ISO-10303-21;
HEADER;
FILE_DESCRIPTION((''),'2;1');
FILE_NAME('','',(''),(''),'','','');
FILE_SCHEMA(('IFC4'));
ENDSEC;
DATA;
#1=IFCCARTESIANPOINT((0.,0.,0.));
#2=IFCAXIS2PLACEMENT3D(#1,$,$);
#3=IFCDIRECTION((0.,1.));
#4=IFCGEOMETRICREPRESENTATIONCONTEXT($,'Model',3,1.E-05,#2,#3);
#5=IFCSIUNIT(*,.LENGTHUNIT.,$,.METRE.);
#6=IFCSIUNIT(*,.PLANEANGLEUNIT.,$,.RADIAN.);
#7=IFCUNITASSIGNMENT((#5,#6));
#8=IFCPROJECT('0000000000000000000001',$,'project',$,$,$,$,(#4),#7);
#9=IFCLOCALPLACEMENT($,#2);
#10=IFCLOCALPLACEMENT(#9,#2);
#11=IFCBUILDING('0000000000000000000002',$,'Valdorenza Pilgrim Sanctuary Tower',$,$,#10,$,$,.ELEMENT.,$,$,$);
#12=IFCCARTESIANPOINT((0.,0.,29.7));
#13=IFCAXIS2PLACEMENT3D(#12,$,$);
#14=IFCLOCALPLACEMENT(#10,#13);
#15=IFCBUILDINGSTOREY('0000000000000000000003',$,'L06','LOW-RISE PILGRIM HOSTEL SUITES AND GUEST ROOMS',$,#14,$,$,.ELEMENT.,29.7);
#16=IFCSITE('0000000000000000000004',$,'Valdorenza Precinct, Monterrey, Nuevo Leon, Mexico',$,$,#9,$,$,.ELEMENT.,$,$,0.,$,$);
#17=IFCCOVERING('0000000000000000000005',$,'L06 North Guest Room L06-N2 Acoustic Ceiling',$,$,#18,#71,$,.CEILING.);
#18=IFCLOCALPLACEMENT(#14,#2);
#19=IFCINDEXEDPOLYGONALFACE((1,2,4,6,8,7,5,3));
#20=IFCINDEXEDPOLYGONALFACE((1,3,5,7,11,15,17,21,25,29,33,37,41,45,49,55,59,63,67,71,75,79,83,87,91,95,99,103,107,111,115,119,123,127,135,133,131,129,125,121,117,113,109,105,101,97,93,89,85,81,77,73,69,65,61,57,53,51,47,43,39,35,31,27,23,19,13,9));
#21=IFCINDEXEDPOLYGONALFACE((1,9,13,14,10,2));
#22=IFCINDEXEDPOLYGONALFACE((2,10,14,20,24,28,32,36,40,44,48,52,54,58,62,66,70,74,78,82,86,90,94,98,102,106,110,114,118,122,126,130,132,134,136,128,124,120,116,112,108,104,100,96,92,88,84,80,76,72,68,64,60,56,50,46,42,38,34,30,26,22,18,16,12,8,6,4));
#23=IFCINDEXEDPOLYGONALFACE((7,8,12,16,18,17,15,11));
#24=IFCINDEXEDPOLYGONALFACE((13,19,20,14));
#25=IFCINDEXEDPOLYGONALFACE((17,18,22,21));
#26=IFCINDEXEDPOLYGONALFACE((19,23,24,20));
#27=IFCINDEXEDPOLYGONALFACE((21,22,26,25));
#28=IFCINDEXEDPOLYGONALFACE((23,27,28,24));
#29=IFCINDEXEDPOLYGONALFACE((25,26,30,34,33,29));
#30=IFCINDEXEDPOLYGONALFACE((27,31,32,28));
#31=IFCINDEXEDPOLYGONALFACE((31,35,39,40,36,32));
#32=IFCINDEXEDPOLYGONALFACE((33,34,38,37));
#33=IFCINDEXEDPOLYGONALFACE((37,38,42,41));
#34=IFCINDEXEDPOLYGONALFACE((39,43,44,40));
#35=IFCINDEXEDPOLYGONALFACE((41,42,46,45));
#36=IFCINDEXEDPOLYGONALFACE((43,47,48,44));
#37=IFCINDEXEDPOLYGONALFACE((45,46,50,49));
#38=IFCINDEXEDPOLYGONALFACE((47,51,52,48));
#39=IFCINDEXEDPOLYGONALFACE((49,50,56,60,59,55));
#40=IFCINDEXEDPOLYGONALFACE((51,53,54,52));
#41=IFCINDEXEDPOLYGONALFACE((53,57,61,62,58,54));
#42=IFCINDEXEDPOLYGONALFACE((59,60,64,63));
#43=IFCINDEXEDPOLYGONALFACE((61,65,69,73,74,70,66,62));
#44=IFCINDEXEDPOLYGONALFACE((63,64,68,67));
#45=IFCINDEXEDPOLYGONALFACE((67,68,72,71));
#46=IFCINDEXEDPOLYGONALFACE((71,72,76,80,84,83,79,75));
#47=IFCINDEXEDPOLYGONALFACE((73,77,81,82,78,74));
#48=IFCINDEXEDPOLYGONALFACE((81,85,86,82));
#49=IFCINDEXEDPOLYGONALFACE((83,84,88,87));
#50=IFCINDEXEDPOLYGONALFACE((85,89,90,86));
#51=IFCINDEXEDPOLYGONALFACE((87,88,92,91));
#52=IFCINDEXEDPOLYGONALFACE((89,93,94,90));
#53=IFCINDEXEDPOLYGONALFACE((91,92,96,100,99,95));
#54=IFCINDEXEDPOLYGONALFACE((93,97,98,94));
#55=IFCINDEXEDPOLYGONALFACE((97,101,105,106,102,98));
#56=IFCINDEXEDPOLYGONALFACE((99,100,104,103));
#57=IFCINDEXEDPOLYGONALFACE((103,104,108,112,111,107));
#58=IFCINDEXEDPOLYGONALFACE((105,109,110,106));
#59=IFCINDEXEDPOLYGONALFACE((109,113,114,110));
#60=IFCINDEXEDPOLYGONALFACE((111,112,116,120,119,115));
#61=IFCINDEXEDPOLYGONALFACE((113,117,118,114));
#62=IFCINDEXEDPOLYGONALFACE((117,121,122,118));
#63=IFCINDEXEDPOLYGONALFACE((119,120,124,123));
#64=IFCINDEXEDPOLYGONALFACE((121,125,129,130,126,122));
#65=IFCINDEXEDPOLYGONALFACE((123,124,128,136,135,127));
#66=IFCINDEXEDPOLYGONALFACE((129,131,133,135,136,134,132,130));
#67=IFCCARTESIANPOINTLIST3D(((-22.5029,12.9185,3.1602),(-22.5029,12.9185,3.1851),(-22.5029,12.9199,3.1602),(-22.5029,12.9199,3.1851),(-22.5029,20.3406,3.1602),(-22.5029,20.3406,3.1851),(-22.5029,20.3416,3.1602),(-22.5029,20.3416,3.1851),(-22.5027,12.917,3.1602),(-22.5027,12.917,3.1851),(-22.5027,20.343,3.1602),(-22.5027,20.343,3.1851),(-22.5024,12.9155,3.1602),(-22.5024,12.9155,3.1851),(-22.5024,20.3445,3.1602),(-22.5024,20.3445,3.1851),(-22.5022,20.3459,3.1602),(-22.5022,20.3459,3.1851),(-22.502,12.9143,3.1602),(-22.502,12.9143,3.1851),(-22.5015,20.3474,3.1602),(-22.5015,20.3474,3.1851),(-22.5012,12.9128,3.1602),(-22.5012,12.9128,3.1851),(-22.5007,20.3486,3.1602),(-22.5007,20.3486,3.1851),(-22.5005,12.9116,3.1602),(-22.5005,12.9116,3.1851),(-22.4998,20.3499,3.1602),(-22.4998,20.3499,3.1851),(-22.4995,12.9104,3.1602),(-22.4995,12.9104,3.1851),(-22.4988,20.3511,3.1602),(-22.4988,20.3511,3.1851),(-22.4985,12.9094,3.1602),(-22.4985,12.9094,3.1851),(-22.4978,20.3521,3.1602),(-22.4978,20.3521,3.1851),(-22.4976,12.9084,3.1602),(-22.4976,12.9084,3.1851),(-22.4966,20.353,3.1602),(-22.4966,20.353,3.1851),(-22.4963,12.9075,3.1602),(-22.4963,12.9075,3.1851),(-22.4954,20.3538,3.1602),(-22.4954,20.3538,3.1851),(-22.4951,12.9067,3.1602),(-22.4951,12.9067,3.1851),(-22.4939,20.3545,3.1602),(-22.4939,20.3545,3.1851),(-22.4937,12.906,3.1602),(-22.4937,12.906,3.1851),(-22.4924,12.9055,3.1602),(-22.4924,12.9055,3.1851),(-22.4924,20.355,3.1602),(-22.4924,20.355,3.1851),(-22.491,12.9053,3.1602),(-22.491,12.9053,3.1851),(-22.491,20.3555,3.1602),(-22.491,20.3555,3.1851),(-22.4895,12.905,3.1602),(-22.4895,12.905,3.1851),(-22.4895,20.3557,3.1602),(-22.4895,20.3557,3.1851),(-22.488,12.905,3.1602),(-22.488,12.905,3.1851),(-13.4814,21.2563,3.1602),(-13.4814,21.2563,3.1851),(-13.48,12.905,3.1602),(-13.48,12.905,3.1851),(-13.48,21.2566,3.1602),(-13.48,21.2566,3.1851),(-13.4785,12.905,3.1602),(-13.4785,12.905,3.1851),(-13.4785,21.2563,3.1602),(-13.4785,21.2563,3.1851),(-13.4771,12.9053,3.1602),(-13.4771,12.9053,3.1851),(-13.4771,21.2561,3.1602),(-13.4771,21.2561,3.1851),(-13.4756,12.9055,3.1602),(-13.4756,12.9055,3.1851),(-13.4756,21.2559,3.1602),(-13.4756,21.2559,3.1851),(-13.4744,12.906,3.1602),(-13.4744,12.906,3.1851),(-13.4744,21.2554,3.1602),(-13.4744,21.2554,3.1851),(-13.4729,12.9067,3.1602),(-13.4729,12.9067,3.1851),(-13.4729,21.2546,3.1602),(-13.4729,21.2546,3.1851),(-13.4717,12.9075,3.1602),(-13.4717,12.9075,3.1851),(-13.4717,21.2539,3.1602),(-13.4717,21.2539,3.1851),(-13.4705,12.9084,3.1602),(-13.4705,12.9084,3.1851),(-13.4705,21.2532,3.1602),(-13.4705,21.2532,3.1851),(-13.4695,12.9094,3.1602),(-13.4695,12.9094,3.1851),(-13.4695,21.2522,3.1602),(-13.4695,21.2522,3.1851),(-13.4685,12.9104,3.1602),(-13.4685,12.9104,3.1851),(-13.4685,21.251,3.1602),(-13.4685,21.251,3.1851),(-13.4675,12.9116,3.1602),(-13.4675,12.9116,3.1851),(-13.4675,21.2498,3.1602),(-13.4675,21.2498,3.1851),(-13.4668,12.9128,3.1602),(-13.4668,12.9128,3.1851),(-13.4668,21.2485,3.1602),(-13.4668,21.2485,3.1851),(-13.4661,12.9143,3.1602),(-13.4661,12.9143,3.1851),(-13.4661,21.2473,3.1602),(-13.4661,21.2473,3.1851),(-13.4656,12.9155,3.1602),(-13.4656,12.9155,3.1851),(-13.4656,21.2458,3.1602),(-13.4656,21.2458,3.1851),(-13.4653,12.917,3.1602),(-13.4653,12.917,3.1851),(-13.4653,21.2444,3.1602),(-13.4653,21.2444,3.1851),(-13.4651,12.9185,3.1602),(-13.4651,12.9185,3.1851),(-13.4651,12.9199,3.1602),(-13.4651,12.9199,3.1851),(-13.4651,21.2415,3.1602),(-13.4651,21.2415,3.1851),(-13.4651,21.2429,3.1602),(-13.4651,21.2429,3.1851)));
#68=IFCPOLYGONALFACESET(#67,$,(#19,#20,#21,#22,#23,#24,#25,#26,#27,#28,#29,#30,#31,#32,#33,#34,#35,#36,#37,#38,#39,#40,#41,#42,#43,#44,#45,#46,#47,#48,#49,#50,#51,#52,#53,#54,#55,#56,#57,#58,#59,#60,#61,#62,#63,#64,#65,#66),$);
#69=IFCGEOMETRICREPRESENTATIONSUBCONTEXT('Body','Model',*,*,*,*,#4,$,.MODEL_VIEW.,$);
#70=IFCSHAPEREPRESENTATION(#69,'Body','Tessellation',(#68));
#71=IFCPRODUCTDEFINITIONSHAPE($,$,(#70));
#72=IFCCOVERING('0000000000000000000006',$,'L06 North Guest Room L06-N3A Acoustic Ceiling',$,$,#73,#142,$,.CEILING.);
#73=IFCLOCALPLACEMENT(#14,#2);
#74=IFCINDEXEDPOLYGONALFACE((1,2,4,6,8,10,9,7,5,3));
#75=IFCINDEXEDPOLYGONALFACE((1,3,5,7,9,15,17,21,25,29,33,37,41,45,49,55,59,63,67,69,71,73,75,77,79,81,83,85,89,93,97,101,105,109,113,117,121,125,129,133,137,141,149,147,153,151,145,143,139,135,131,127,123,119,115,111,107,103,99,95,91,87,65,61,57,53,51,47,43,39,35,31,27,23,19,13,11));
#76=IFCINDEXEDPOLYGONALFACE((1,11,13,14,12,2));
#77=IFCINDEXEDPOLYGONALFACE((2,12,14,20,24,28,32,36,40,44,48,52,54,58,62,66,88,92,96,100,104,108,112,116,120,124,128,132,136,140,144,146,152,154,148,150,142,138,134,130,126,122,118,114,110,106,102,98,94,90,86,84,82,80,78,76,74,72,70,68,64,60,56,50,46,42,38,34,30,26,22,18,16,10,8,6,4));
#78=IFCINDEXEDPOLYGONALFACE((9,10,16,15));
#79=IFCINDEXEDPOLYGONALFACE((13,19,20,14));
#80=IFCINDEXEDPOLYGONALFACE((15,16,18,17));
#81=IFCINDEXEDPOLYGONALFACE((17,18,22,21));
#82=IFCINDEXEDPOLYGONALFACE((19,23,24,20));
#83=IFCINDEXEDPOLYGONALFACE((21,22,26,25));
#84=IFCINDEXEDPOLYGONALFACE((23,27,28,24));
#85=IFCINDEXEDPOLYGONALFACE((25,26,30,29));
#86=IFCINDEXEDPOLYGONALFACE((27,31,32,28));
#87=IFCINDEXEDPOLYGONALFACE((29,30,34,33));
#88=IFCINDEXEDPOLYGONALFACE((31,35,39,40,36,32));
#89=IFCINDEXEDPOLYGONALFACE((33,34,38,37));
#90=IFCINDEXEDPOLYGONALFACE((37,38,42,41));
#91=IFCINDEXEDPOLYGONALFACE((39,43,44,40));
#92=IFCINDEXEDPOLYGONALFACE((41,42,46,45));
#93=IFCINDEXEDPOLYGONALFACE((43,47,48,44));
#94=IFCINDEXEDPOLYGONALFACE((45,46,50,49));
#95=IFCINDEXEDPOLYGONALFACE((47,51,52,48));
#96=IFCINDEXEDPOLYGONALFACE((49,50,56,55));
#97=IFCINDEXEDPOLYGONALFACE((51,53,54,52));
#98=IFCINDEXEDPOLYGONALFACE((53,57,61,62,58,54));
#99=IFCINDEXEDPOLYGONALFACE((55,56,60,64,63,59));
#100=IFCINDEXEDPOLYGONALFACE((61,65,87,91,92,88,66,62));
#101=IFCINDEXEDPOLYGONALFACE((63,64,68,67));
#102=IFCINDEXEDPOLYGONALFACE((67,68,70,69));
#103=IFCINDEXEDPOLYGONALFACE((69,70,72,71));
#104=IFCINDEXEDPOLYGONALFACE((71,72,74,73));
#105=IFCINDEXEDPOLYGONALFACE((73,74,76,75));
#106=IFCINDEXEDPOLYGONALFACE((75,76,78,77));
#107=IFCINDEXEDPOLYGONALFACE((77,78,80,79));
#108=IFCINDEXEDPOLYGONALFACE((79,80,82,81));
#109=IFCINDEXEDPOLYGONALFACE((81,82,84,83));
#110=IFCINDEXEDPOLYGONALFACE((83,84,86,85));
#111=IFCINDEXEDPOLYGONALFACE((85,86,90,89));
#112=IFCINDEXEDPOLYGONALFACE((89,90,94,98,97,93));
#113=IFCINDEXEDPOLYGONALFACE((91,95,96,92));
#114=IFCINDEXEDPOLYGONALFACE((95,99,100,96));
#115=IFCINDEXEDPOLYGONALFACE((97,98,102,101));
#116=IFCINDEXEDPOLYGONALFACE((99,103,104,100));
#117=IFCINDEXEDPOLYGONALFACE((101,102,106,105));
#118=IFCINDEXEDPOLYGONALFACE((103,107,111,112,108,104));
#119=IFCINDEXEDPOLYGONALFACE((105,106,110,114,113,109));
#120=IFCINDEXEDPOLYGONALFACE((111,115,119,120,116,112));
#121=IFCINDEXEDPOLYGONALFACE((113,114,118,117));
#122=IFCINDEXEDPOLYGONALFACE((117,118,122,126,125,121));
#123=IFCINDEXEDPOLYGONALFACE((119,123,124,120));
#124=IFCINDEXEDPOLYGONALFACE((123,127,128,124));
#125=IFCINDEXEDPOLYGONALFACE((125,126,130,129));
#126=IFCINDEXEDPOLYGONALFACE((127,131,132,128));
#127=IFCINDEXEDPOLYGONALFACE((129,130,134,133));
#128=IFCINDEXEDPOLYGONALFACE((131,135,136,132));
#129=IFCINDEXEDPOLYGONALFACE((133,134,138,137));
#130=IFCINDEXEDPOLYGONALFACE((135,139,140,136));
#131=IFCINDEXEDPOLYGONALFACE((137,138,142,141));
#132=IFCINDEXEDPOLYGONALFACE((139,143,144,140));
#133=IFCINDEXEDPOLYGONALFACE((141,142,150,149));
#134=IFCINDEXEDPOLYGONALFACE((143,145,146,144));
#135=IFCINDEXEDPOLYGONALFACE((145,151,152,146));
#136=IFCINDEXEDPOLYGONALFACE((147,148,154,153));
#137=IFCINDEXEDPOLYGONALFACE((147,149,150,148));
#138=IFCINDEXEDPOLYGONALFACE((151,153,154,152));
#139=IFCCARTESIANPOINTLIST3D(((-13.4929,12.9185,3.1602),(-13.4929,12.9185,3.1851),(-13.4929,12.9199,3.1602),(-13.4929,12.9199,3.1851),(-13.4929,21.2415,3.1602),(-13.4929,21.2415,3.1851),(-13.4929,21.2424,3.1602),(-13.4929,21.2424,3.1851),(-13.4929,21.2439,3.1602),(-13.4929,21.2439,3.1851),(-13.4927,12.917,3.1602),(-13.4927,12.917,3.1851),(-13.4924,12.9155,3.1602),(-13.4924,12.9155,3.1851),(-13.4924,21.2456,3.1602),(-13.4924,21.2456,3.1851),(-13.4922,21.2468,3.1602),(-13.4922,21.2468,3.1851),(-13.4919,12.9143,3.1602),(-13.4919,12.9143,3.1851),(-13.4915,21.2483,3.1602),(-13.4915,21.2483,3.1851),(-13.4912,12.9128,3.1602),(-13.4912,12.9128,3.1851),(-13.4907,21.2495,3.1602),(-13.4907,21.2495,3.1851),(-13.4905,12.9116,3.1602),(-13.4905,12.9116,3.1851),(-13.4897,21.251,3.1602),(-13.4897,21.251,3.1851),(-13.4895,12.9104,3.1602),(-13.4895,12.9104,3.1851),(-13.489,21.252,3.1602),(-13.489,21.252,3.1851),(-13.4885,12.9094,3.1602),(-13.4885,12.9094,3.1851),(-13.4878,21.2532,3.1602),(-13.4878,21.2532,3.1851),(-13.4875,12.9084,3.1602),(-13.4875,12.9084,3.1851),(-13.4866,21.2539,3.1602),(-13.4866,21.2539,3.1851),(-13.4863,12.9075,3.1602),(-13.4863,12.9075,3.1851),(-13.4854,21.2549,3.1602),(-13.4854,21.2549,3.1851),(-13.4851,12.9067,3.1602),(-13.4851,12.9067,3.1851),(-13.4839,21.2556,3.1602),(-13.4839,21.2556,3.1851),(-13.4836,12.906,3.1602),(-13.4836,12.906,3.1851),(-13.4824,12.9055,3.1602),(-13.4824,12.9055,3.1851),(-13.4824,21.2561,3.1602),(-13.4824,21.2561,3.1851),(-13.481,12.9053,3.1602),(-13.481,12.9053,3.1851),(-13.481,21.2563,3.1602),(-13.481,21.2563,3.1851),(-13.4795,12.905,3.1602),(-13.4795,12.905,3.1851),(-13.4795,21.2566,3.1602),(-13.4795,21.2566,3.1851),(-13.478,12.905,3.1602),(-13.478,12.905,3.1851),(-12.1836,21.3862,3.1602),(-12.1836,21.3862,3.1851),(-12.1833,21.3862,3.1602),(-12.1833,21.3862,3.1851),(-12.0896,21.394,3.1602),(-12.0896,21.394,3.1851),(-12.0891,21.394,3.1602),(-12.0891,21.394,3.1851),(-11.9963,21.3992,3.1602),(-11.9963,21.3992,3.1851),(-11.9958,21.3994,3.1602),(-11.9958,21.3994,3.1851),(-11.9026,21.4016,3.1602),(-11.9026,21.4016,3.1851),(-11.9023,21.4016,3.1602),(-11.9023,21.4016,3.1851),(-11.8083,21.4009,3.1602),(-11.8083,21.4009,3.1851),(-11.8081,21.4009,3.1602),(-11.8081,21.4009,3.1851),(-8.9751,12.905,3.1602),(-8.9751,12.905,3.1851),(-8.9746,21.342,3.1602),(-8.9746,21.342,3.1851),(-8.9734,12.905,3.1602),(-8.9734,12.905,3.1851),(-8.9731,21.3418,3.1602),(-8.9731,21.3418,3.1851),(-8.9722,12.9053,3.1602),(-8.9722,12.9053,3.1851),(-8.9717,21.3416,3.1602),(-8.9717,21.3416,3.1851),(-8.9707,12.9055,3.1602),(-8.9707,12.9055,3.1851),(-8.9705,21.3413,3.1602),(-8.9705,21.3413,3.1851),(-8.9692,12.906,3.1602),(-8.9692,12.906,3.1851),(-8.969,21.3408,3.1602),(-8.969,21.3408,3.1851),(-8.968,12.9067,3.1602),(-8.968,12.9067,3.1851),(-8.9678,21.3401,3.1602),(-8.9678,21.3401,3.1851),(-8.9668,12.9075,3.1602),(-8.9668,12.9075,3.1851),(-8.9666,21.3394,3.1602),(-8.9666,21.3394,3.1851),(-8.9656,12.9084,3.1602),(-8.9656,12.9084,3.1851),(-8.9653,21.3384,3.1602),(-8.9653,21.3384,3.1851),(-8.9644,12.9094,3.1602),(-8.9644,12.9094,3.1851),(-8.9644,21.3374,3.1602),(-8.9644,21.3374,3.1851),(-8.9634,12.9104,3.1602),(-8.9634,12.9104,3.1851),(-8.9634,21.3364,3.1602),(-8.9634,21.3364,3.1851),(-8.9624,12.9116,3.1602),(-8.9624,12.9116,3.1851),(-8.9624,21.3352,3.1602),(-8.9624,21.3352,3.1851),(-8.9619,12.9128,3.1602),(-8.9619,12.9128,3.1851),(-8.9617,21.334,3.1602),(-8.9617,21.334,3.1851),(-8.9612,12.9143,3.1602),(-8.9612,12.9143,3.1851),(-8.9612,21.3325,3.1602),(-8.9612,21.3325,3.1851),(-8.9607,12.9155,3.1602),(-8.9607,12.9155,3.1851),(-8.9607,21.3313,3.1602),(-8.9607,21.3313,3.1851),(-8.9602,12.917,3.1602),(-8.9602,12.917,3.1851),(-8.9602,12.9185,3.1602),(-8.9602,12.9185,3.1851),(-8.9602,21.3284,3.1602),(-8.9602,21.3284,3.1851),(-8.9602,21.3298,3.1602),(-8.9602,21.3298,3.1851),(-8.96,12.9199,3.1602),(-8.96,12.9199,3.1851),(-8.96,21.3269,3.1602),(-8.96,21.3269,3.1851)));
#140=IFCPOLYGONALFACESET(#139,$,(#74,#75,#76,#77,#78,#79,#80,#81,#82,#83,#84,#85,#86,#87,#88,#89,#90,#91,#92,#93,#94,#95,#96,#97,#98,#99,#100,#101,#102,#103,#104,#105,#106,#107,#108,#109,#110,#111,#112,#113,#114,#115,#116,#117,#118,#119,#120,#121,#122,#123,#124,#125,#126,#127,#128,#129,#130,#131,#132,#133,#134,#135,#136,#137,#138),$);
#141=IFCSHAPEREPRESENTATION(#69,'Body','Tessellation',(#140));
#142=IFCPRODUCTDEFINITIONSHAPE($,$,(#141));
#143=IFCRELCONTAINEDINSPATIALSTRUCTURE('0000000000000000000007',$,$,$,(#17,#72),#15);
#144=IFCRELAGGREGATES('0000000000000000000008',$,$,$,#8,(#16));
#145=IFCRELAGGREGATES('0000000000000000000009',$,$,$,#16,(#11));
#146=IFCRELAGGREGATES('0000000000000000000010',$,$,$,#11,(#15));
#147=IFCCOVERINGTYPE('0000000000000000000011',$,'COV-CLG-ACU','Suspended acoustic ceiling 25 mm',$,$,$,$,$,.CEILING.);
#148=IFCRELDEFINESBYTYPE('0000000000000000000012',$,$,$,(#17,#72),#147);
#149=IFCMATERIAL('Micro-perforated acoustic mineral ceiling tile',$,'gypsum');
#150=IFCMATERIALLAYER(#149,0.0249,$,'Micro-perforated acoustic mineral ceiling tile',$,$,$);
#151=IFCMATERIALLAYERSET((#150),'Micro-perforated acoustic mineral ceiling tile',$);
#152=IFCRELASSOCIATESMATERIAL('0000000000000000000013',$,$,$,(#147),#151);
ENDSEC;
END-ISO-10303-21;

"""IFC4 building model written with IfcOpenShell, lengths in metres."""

from ifc_helpers import new_model, si_unit, direction, frame, origin, place, context, subcontext, project, spatial, polyline, outline, extrude, material, layer, layer_set, type_object, element, save


model = new_model("IFC4")

# Units and contexts
model_context = context("Model", 3, precision=1e-05, world=origin(), true_north=direction((0.0, 1.0)))
body_context = subcontext(model_context, "Body", "Model", "MODEL_VIEW")
ifc_project = project(units=[si_unit("LENGTHUNIT", "METRE"), si_unit("PLANEANGLEUNIT", "RADIAN")], contexts=[model_context])

# Site, building, storey
site_placement = place(None, origin())
site = spatial("IfcSite", under=ifc_project, at=site_placement, Name="Valdorenza Precinct, Monterrey, Nuevo Leon, Mexico", CompositionType="ELEMENT", RefElevation=0.0)
building_placement = place(site_placement, origin())
building = spatial("IfcBuilding", under=site, at=building_placement, Name="Valdorenza Pilgrim Sanctuary Tower", CompositionType="ELEMENT")
storey_placement = place(building_placement, frame((0.0, 0.0, 29.7)))
storey = spatial("IfcBuildingStorey", under=building, at=storey_placement, Name="L06", Description="LOW-RISE PILGRIM HOSTEL SUITES AND GUEST ROOMS", CompositionType="ELEMENT", Elevation=29.7)

# Coverings
ifc_material_1 = material(Name="Micro-perforated acoustic mineral ceiling tile", Category="gypsum")
ifc_layer_1 = layer(ifc_material_1, 0.0249, Name="Micro-perforated acoustic mineral ceiling tile")
ifc_layer_set_1 = layer_set([ifc_layer_1], Name="Micro-perforated acoustic mineral ceiling tile")
covering_type_1 = type_object("IfcCoveringType", Name="COV-CLG-ACU", Description="Suspended acoustic ceiling 25 mm", PredefinedType="CEILING", material=ifc_layer_set_1)
covering_1_placement = place(storey_placement, frame((0.0, 0.0, 3.1602)))
element("IfcCovering", 1, at=covering_1_placement, inside=storey, type_object=covering_type_1, Name="L06 North Guest Room L06-N2 Acoustic Ceiling", PredefinedType="CEILING", context=body_context, shape_type="SweptSolid", body=[
    extrude(outline(polyline([(-22.5029, 20.3406), (-22.5029, 20.3416), (-22.5027, 20.343), (-22.5024, 20.3445), (-22.5022, 20.3459), (-22.5015, 20.3474), (-22.5007, 20.3486), (-22.4998, 20.3499), (-22.4988, 20.3511), (-22.4978, 20.3521), (-22.4966, 20.353), (-22.4954, 20.3538), (-22.4939, 20.3545), (-22.4924, 20.355), (-22.491, 20.3555), (-22.4895, 20.3557), (-13.4814, 21.2563), (-13.48, 21.2566), (-13.4785, 21.2563), (-13.4771, 21.2561), (-13.4756, 21.2559), (-13.4744, 21.2554), (-13.4729, 21.2546), (-13.4717, 21.2539), (-13.4705, 21.2532), (-13.4695, 21.2522), (-13.4685, 21.251), (-13.4675, 21.2498), (-13.4668, 21.2485), (-13.4661, 21.2473), (-13.4656, 21.2458), (-13.4653, 21.2444), (-13.4651, 21.2429), (-13.4651, 21.2415), (-13.4651, 12.9199), (-13.4651, 12.9185), (-13.4653, 12.917), (-13.4656, 12.9155), (-13.4661, 12.9143), (-13.4668, 12.9128), (-13.4675, 12.9116), (-13.4685, 12.9104), (-13.4695, 12.9094), (-13.4705, 12.9084), (-13.4717, 12.9075), (-13.4729, 12.9067), (-13.4744, 12.906), (-13.4756, 12.9055), (-13.4771, 12.9053), (-13.4785, 12.905), (-13.48, 12.905), (-22.488, 12.905), (-22.4895, 12.905), (-22.491, 12.9053), (-22.4924, 12.9055), (-22.4937, 12.906), (-22.4951, 12.9067), (-22.4963, 12.9075), (-22.4976, 12.9084), (-22.4985, 12.9094), (-22.4995, 12.9104), (-22.5005, 12.9116), (-22.5012, 12.9128), (-22.502, 12.9143), (-22.5024, 12.9155), (-22.5027, 12.917), (-22.5029, 12.9185), (-22.5029, 12.9199), (-22.5029, 20.3406), (-22.5029, 20.3406)])), origin(), (0.0, 0.0, 1.0), 0.0249),
])
covering_2_placement = place(storey_placement, frame((0.0, 0.0, 3.1602)))
element("IfcCovering", 2, at=covering_2_placement, inside=storey, type_object=covering_type_1, Name="L06 North Guest Room L06-N3A Acoustic Ceiling", PredefinedType="CEILING", context=body_context, shape_type="SweptSolid", body=[
    extrude(outline(polyline([(-13.4929, 21.2415), (-13.4929, 21.2424), (-13.4929, 21.2439), (-13.4924, 21.2456), (-13.4922, 21.2468), (-13.4915, 21.2483), (-13.4907, 21.2495), (-13.4897, 21.251), (-13.489, 21.252), (-13.4878, 21.2532), (-13.4866, 21.2539), (-13.4854, 21.2549), (-13.4839, 21.2556), (-13.4824, 21.2561), (-13.481, 21.2563), (-13.4795, 21.2566), (-12.1836, 21.3862), (-12.1833, 21.3862), (-12.0896, 21.394), (-12.0891, 21.394), (-11.9963, 21.3992), (-11.9958, 21.3994), (-11.9026, 21.4016), (-11.9023, 21.4016), (-11.8083, 21.4009), (-11.8081, 21.4009), (-8.9746, 21.342), (-8.9731, 21.3418), (-8.9717, 21.3416), (-8.9705, 21.3413), (-8.969, 21.3408), (-8.9678, 21.3401), (-8.9666, 21.3394), (-8.9653, 21.3384), (-8.9644, 21.3374), (-8.9634, 21.3364), (-8.9624, 21.3352), (-8.9617, 21.334), (-8.9612, 21.3325), (-8.9607, 21.3313), (-8.9602, 21.3298), (-8.9602, 21.3284), (-8.96, 21.3269), (-8.96, 12.9199), (-8.9602, 12.9185), (-8.9602, 12.917), (-8.9607, 12.9155), (-8.9612, 12.9143), (-8.9619, 12.9128), (-8.9624, 12.9116), (-8.9634, 12.9104), (-8.9644, 12.9094), (-8.9656, 12.9084), (-8.9668, 12.9075), (-8.968, 12.9067), (-8.9692, 12.906), (-8.9707, 12.9055), (-8.9722, 12.9053), (-8.9734, 12.905), (-8.9751, 12.905), (-13.478, 12.905), (-13.4795, 12.905), (-13.481, 12.9053), (-13.4824, 12.9055), (-13.4836, 12.906), (-13.4851, 12.9067), (-13.4863, 12.9075), (-13.4875, 12.9084), (-13.4885, 12.9094), (-13.4895, 12.9104), (-13.4905, 12.9116), (-13.4912, 12.9128), (-13.4919, 12.9143), (-13.4924, 12.9155), (-13.4927, 12.917), (-13.4929, 12.9185), (-13.4929, 12.9199), (-13.4929, 21.2415), (-13.4929, 21.2415)])), origin(), (0.0, 0.0, 1.0), 0.0249),
])

save(model, "model.ifc")
